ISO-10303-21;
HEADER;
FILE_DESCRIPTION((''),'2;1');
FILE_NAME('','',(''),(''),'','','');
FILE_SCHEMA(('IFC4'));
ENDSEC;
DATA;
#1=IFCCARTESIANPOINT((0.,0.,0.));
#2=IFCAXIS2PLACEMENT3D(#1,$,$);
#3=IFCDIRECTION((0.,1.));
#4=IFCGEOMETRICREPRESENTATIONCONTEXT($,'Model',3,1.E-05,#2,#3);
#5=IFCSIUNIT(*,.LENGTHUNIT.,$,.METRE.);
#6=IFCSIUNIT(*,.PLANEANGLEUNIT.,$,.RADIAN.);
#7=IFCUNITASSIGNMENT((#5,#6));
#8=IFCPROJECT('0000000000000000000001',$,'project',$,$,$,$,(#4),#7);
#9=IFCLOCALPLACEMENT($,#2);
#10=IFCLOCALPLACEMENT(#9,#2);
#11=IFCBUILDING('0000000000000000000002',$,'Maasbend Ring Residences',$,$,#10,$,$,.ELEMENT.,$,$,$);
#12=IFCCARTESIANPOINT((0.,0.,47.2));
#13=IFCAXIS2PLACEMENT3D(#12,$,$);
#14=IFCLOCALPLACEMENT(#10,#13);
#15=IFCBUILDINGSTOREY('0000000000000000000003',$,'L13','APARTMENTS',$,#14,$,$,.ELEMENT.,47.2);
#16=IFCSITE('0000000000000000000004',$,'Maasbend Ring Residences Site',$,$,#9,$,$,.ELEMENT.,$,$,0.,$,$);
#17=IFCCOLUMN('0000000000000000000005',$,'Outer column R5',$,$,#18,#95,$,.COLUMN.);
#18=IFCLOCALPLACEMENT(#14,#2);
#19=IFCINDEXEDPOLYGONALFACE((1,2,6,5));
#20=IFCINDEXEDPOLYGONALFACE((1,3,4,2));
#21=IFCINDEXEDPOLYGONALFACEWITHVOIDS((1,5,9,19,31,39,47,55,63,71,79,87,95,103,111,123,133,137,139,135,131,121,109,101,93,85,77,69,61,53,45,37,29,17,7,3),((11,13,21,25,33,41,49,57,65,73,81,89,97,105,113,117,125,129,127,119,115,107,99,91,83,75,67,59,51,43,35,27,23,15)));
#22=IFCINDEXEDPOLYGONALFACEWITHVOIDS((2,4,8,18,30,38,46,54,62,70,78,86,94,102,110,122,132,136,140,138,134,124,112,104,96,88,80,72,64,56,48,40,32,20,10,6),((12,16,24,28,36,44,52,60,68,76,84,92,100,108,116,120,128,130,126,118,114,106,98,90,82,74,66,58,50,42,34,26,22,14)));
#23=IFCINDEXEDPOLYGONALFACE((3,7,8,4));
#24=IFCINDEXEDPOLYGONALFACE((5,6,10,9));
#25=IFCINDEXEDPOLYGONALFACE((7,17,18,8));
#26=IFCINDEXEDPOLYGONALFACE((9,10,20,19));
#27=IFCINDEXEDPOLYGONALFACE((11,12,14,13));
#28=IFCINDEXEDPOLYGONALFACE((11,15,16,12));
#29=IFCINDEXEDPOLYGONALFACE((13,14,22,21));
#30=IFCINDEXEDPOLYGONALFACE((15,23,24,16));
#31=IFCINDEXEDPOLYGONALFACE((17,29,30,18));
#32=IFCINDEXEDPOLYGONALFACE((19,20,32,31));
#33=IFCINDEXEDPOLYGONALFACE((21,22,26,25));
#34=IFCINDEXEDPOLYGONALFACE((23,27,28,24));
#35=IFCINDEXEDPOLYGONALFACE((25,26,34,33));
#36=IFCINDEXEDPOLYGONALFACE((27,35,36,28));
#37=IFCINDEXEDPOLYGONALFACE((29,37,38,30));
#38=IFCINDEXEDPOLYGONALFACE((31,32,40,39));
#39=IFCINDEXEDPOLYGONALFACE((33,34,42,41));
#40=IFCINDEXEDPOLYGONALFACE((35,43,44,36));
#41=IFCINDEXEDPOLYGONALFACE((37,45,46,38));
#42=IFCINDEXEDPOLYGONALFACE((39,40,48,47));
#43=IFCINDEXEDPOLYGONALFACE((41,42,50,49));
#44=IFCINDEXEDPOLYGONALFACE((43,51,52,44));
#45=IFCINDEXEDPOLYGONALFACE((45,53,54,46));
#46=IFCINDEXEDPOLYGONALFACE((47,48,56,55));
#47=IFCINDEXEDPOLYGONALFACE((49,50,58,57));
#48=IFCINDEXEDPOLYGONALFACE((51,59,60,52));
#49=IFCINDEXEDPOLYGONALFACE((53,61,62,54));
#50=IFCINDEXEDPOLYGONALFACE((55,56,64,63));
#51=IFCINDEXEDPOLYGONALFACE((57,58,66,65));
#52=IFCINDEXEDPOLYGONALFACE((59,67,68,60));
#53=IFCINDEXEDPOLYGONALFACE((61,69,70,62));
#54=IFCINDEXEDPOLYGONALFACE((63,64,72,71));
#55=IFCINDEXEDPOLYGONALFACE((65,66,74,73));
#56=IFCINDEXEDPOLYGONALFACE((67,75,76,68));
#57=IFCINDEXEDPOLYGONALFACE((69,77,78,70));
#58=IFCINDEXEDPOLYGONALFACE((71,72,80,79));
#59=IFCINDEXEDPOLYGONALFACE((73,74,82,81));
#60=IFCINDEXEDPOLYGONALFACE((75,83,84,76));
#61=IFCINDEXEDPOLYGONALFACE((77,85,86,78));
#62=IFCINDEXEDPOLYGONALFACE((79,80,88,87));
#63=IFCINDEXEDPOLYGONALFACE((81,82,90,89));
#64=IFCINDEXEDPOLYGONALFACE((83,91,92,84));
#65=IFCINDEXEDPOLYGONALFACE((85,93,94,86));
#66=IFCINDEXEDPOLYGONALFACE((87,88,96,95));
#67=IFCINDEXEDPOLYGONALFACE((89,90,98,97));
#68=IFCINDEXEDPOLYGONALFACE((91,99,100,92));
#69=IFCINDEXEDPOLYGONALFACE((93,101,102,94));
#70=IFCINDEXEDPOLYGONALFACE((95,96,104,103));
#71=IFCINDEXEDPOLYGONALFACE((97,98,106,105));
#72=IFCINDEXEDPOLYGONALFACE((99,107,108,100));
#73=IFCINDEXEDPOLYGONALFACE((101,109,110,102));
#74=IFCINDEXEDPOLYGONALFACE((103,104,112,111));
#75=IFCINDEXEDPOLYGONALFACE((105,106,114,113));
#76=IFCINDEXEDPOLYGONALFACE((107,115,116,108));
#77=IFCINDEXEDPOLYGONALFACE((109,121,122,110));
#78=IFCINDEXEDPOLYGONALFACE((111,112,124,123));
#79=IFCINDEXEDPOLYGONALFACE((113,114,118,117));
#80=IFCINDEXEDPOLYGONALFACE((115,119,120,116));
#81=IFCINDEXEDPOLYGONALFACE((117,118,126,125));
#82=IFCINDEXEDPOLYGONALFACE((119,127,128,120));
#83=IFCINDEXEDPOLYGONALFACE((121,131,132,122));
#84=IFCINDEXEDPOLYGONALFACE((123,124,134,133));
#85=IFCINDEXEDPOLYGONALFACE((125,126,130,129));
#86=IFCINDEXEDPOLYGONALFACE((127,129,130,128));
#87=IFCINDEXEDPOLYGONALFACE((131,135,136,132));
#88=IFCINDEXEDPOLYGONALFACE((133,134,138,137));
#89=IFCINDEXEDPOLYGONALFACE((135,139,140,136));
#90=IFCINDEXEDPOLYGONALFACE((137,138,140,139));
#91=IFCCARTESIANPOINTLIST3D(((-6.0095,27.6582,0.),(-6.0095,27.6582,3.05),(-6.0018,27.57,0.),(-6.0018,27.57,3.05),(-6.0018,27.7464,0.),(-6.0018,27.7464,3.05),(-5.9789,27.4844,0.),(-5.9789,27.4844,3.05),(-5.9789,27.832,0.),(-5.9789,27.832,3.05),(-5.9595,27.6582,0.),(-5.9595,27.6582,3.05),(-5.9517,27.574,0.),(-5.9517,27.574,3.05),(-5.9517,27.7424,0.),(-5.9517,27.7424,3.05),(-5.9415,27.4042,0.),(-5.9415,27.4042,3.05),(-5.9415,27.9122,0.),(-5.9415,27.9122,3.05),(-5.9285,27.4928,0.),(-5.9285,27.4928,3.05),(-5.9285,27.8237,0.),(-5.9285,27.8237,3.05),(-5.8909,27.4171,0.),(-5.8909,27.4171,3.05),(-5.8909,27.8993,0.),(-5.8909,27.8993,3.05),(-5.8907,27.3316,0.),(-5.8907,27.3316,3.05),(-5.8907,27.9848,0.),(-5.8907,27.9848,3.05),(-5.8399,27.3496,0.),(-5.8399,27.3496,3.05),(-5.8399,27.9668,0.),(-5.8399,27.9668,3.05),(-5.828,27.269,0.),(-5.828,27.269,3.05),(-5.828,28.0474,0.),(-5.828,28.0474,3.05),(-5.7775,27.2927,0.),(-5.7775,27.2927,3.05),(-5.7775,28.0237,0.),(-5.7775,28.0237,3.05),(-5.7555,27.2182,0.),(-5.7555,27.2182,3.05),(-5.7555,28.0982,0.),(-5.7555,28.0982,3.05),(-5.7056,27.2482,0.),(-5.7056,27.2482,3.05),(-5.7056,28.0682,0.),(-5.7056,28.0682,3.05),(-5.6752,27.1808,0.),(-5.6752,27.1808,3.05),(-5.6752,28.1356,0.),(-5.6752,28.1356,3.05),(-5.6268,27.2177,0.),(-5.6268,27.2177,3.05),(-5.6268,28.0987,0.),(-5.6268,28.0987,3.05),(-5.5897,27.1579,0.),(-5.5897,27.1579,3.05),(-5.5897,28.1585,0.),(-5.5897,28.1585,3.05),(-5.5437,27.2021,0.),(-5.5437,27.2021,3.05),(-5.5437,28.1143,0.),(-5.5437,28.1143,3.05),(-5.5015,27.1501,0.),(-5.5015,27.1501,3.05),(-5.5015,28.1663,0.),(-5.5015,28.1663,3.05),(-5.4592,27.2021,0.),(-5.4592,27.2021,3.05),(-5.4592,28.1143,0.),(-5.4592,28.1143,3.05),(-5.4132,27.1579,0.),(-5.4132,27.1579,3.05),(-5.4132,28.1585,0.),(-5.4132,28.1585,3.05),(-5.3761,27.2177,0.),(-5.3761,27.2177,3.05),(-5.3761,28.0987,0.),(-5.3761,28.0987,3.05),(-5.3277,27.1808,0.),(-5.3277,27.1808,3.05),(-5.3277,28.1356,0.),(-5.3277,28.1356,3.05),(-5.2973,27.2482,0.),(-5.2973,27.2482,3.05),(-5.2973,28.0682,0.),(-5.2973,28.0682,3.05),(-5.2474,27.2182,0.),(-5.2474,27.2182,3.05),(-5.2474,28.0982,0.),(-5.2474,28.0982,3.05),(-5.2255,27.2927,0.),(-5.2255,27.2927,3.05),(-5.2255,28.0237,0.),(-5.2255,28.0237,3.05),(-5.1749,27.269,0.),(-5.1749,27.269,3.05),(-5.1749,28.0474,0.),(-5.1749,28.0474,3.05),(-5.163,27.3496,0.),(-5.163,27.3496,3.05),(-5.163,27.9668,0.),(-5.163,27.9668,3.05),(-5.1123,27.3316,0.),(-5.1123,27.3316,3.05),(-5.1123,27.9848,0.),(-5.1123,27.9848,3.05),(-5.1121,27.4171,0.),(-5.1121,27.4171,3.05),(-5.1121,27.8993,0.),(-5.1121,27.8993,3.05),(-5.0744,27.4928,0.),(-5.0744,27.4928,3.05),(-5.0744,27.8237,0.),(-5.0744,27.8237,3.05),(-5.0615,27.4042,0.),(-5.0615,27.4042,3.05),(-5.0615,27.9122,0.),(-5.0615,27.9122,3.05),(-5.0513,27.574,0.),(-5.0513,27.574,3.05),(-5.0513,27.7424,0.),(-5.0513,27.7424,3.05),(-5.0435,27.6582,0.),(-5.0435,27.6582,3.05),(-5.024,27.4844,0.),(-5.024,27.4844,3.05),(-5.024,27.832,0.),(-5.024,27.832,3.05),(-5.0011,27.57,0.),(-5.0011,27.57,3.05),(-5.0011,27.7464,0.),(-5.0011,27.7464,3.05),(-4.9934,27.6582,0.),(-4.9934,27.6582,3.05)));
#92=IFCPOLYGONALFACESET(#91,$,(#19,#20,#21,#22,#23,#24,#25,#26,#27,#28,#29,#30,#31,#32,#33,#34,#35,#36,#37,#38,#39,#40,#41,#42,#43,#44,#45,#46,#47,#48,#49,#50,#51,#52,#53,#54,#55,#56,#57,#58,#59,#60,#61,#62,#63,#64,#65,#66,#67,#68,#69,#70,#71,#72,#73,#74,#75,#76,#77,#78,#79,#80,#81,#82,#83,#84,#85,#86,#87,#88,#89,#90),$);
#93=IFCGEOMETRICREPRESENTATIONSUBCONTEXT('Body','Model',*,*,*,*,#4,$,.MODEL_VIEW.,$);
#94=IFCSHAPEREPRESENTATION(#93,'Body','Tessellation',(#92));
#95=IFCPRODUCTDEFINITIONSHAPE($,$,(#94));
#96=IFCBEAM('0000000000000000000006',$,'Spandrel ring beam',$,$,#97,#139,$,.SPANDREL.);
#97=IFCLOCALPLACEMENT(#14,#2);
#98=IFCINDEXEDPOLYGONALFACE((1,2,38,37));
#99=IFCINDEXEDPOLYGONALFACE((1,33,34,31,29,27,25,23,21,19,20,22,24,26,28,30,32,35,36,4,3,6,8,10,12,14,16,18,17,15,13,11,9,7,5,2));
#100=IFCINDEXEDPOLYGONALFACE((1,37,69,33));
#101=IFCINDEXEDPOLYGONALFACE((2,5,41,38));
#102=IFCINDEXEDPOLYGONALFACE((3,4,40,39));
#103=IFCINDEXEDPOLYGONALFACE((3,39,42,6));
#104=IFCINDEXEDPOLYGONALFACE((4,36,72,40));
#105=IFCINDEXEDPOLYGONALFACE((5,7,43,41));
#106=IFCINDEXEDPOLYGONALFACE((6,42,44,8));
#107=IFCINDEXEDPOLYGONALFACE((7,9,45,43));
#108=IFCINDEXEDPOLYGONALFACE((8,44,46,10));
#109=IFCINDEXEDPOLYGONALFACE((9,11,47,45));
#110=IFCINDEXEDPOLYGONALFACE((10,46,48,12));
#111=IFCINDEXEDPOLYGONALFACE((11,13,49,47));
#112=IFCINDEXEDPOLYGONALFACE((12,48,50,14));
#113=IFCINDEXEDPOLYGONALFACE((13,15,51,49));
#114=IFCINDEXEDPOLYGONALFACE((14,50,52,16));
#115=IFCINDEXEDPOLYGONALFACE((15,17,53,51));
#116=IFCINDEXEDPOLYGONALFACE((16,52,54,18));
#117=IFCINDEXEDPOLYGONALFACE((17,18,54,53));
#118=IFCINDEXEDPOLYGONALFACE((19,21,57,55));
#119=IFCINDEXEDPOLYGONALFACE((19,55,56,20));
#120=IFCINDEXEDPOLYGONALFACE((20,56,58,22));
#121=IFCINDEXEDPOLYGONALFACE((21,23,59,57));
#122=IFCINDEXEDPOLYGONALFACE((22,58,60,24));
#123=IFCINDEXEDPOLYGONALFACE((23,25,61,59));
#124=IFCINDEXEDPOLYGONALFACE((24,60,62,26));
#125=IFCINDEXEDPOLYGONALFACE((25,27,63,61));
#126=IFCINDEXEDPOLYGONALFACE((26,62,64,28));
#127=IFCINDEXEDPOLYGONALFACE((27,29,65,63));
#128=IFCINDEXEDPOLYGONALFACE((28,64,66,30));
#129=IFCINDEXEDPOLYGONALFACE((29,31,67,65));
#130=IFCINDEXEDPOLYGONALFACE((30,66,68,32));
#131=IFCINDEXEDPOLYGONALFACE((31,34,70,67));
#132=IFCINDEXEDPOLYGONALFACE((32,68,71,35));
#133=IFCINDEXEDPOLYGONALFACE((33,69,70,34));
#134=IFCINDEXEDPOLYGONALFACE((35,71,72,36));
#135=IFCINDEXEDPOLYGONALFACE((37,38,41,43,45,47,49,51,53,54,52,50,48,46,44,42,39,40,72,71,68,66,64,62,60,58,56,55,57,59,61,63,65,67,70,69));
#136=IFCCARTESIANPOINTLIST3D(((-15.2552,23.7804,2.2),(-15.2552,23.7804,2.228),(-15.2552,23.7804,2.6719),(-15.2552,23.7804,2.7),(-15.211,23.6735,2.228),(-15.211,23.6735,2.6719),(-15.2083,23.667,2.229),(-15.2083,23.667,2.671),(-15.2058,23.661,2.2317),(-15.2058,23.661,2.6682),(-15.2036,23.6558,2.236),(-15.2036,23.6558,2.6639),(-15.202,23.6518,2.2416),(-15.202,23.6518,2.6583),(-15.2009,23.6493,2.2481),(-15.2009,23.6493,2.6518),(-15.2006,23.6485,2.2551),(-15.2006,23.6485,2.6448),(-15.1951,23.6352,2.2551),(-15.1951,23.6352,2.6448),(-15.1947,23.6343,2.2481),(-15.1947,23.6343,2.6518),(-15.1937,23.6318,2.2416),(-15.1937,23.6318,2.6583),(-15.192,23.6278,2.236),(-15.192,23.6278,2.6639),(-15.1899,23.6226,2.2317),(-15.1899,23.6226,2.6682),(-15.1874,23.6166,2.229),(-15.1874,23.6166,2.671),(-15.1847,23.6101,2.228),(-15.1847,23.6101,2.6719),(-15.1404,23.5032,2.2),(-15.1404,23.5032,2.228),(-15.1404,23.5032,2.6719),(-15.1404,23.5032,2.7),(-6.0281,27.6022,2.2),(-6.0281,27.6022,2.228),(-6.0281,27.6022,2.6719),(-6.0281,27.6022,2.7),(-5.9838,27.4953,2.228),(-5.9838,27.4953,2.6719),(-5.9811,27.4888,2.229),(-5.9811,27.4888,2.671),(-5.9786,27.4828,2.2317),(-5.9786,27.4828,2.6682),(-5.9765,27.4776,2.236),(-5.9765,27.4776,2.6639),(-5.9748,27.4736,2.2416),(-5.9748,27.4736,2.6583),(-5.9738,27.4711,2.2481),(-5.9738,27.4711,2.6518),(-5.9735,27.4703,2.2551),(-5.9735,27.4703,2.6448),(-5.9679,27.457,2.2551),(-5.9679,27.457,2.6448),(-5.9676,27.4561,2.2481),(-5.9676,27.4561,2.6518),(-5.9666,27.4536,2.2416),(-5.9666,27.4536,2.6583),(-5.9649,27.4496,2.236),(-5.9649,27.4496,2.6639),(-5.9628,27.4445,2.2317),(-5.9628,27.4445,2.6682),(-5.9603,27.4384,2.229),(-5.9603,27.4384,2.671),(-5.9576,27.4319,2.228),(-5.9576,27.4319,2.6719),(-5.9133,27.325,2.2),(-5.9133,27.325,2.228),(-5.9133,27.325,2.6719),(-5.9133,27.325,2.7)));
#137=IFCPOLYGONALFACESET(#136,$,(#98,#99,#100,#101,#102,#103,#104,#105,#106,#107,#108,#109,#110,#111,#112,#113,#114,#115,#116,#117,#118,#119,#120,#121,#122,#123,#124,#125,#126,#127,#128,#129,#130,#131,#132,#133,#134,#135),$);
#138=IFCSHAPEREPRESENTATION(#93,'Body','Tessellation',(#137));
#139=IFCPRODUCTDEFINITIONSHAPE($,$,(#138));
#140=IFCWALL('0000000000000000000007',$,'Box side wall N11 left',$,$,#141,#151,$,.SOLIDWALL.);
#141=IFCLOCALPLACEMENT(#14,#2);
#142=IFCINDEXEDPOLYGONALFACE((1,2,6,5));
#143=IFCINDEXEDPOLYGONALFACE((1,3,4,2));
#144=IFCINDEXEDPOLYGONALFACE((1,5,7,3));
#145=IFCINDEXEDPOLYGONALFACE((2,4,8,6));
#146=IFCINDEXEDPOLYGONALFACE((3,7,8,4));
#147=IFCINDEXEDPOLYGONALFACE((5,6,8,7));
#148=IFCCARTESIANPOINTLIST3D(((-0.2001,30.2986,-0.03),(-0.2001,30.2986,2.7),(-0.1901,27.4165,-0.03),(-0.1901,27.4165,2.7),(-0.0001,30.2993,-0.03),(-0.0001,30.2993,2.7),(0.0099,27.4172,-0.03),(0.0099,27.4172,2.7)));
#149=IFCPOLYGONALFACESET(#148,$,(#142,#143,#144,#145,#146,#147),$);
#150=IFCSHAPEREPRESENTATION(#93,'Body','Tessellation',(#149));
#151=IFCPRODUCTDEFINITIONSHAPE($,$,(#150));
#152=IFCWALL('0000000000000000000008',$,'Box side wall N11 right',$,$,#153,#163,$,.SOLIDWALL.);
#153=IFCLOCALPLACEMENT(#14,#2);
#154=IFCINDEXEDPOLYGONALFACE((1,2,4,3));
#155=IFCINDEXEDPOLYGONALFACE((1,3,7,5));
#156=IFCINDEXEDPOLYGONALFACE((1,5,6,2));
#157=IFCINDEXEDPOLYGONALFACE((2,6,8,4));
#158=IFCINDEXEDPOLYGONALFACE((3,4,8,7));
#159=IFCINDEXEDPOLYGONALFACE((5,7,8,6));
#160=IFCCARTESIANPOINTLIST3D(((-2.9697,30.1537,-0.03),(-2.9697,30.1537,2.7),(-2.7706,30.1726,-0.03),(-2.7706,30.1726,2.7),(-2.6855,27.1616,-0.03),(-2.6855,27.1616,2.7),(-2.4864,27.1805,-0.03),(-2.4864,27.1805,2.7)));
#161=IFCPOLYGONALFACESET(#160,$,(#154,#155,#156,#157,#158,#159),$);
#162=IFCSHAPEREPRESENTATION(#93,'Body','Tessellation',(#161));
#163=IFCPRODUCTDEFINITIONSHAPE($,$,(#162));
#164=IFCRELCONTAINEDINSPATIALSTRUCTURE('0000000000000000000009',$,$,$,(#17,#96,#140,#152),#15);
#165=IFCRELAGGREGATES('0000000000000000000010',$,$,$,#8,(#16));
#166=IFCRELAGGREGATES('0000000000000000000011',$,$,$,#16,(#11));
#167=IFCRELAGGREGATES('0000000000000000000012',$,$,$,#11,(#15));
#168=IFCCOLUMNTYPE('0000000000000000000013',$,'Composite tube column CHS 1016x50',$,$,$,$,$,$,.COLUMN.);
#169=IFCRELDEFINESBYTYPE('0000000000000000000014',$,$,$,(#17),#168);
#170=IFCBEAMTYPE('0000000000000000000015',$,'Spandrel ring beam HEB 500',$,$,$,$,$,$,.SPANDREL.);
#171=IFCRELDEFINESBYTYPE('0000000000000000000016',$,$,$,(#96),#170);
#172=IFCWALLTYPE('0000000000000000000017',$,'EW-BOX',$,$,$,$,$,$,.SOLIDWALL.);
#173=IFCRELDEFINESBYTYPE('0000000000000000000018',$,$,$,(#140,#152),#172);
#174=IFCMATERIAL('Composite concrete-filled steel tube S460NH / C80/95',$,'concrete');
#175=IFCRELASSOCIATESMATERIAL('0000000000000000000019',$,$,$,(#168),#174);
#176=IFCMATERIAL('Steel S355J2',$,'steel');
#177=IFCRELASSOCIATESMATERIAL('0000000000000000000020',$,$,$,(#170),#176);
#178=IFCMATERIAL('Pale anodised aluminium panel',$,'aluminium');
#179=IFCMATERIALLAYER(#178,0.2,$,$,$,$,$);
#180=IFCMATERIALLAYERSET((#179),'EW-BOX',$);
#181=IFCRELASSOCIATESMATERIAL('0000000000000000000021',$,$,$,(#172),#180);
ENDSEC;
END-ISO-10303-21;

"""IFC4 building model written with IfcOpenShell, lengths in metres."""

from ifc_helpers import new_model, si_unit, direction, frame, frame_2d, origin, origin_2d, place, context, subcontext, project, spatial, rectangle, hollow_circle, i_section, extrude, material, layer, layer_set, material_profile, profile_set, type_object, element, save


model = new_model("IFC4")

# Units and contexts
model_context = context("Model", 3, precision=1e-05, world=origin(), true_north=direction((0.0, 1.0)))
body_context = subcontext(model_context, "Body", "Model", "MODEL_VIEW")
ifc_project = project(units=[si_unit("LENGTHUNIT", "METRE"), si_unit("PLANEANGLEUNIT", "RADIAN")], contexts=[model_context])

# Site, building, storey
site_placement = place(None, origin())
site = spatial("IfcSite", under=ifc_project, at=site_placement, Name="Maasbend Ring Residences Site", CompositionType="ELEMENT", RefElevation=0.0)
building_placement = place(site_placement, origin())
building = spatial("IfcBuilding", under=site, at=building_placement, Name="Maasbend Ring Residences", CompositionType="ELEMENT")
storey_placement = place(building_placement, frame((0.0, 0.0, 47.2)))
storey = spatial("IfcBuildingStorey", under=building, at=storey_placement, Name="L13", Description="APARTMENTS", CompositionType="ELEMENT", Elevation=47.2)

# Column
ifc_material_1 = material(Name="Composite concrete-filled steel tube S460NH / C80/95", Category="concrete")
ifc_material_profile_1 = material_profile(ifc_material_1, hollow_circle(Radius=0.5081, WallThickness=0.05, at=origin_2d()), Name="Composite tube column CHS 1016x50")
ifc_profile_set_1 = profile_set([ifc_material_profile_1], Name="Composite concrete-filled steel tube S460NH / C80/95")
column_type = type_object("IfcColumnType", Name="Composite tube column CHS 1016x50", PredefinedType="COLUMN", material=ifc_profile_set_1)
column_placement = place(storey_placement, frame((-5.5015, 27.6582, 0.0), z_axis=(0.0, 0.0, 1.0), x_axis=(1.0, 0.0, 0.0)))
element("IfcColumn", 1, at=column_placement, inside=storey, type_object=column_type, Name="Outer column R5", PredefinedType="COLUMN", context=body_context, shape_type="SweptSolid", body=[
    extrude(hollow_circle(Radius=0.5081, WallThickness=0.05, at=origin_2d()), origin(), (0.0, 0.0, 1.0), 3.05),
])

# Beam
ifc_material_2 = material(Name="Steel S355J2", Category="steel")
ifc_material_profile_2 = material_profile(ifc_material_2, i_section(OverallWidth=0.3, OverallDepth=0.5, WebThickness=0.0144, FlangeThickness=0.0281, FilletRadius=0.0271, at=origin_2d()), Name="HEB 500")
ifc_profile_set_2 = profile_set([ifc_material_profile_2], Name="Steel S355J2")
beam_type = type_object("IfcBeamType", Name="Spandrel ring beam HEB 500", PredefinedType="SPANDREL", material=ifc_profile_set_2)
beam_placement = place(storey_placement, frame((-5.9707, 27.4636, 2.45), z_axis=(-0.923886, -0.382667, 0.0), x_axis=(0.382667, -0.923886, 0.0)))
element("IfcBeam", 2, at=beam_placement, inside=storey, type_object=beam_type, Name="Spandrel ring beam", PredefinedType="SPANDREL", context=body_context, shape_type="SweptSolid", body=[
    extrude(i_section(OverallWidth=0.3, OverallDepth=0.5, WebThickness=0.0144, FlangeThickness=0.0281, FilletRadius=0.0271, at=origin_2d()), origin(), (0.0, 0.0, 1.0), 9.9873),
])

# Walls
ifc_material_3 = material(Name="Pale anodised aluminium panel", Category="aluminium")
ifc_layer_1 = layer(ifc_material_3, 0.2)
ifc_layer_set_1 = layer_set([ifc_layer_1], Name="EW-BOX")
wall_type_1 = type_object("IfcWallType", Name="EW-BOX", PredefinedType="SOLIDWALL", material=ifc_layer_set_1)
wall_1_placement = place(storey_placement, frame((-0.0901, 27.417, -0.03), z_axis=(0.0, 0.0, 1.0), x_axis=(-0.003473, 0.999994, 0.0)))
element("IfcWall", 3, at=wall_1_placement, inside=storey, type_object=wall_type_1, Name="Box side wall N11 left", PredefinedType="SOLIDWALL", context=body_context, shape_type="SweptSolid", body=[
    extrude(rectangle(XDim=2.8821, YDim=0.2, at=frame_2d((1.4409, 0.0))), origin(), (0.0, 0.0, 1.0), 2.73),
])
wall_2_placement = place(storey_placement, frame((-2.5859, 27.1709, -0.03), z_axis=(0.0, 0.0, 1.0), x_axis=(-0.094548, 0.99552, 0.0)))
element("IfcWall", 4, at=wall_2_placement, inside=storey, type_object=wall_type_1, Name="Box side wall N11 right", PredefinedType="SOLIDWALL", context=body_context, shape_type="SweptSolid", body=[
    extrude(rectangle(XDim=3.0056, YDim=0.2, at=frame_2d((1.5029, 0.0))), origin(), (0.0, 0.0, 1.0), 2.73),
])

save(model, "model.ifc")
